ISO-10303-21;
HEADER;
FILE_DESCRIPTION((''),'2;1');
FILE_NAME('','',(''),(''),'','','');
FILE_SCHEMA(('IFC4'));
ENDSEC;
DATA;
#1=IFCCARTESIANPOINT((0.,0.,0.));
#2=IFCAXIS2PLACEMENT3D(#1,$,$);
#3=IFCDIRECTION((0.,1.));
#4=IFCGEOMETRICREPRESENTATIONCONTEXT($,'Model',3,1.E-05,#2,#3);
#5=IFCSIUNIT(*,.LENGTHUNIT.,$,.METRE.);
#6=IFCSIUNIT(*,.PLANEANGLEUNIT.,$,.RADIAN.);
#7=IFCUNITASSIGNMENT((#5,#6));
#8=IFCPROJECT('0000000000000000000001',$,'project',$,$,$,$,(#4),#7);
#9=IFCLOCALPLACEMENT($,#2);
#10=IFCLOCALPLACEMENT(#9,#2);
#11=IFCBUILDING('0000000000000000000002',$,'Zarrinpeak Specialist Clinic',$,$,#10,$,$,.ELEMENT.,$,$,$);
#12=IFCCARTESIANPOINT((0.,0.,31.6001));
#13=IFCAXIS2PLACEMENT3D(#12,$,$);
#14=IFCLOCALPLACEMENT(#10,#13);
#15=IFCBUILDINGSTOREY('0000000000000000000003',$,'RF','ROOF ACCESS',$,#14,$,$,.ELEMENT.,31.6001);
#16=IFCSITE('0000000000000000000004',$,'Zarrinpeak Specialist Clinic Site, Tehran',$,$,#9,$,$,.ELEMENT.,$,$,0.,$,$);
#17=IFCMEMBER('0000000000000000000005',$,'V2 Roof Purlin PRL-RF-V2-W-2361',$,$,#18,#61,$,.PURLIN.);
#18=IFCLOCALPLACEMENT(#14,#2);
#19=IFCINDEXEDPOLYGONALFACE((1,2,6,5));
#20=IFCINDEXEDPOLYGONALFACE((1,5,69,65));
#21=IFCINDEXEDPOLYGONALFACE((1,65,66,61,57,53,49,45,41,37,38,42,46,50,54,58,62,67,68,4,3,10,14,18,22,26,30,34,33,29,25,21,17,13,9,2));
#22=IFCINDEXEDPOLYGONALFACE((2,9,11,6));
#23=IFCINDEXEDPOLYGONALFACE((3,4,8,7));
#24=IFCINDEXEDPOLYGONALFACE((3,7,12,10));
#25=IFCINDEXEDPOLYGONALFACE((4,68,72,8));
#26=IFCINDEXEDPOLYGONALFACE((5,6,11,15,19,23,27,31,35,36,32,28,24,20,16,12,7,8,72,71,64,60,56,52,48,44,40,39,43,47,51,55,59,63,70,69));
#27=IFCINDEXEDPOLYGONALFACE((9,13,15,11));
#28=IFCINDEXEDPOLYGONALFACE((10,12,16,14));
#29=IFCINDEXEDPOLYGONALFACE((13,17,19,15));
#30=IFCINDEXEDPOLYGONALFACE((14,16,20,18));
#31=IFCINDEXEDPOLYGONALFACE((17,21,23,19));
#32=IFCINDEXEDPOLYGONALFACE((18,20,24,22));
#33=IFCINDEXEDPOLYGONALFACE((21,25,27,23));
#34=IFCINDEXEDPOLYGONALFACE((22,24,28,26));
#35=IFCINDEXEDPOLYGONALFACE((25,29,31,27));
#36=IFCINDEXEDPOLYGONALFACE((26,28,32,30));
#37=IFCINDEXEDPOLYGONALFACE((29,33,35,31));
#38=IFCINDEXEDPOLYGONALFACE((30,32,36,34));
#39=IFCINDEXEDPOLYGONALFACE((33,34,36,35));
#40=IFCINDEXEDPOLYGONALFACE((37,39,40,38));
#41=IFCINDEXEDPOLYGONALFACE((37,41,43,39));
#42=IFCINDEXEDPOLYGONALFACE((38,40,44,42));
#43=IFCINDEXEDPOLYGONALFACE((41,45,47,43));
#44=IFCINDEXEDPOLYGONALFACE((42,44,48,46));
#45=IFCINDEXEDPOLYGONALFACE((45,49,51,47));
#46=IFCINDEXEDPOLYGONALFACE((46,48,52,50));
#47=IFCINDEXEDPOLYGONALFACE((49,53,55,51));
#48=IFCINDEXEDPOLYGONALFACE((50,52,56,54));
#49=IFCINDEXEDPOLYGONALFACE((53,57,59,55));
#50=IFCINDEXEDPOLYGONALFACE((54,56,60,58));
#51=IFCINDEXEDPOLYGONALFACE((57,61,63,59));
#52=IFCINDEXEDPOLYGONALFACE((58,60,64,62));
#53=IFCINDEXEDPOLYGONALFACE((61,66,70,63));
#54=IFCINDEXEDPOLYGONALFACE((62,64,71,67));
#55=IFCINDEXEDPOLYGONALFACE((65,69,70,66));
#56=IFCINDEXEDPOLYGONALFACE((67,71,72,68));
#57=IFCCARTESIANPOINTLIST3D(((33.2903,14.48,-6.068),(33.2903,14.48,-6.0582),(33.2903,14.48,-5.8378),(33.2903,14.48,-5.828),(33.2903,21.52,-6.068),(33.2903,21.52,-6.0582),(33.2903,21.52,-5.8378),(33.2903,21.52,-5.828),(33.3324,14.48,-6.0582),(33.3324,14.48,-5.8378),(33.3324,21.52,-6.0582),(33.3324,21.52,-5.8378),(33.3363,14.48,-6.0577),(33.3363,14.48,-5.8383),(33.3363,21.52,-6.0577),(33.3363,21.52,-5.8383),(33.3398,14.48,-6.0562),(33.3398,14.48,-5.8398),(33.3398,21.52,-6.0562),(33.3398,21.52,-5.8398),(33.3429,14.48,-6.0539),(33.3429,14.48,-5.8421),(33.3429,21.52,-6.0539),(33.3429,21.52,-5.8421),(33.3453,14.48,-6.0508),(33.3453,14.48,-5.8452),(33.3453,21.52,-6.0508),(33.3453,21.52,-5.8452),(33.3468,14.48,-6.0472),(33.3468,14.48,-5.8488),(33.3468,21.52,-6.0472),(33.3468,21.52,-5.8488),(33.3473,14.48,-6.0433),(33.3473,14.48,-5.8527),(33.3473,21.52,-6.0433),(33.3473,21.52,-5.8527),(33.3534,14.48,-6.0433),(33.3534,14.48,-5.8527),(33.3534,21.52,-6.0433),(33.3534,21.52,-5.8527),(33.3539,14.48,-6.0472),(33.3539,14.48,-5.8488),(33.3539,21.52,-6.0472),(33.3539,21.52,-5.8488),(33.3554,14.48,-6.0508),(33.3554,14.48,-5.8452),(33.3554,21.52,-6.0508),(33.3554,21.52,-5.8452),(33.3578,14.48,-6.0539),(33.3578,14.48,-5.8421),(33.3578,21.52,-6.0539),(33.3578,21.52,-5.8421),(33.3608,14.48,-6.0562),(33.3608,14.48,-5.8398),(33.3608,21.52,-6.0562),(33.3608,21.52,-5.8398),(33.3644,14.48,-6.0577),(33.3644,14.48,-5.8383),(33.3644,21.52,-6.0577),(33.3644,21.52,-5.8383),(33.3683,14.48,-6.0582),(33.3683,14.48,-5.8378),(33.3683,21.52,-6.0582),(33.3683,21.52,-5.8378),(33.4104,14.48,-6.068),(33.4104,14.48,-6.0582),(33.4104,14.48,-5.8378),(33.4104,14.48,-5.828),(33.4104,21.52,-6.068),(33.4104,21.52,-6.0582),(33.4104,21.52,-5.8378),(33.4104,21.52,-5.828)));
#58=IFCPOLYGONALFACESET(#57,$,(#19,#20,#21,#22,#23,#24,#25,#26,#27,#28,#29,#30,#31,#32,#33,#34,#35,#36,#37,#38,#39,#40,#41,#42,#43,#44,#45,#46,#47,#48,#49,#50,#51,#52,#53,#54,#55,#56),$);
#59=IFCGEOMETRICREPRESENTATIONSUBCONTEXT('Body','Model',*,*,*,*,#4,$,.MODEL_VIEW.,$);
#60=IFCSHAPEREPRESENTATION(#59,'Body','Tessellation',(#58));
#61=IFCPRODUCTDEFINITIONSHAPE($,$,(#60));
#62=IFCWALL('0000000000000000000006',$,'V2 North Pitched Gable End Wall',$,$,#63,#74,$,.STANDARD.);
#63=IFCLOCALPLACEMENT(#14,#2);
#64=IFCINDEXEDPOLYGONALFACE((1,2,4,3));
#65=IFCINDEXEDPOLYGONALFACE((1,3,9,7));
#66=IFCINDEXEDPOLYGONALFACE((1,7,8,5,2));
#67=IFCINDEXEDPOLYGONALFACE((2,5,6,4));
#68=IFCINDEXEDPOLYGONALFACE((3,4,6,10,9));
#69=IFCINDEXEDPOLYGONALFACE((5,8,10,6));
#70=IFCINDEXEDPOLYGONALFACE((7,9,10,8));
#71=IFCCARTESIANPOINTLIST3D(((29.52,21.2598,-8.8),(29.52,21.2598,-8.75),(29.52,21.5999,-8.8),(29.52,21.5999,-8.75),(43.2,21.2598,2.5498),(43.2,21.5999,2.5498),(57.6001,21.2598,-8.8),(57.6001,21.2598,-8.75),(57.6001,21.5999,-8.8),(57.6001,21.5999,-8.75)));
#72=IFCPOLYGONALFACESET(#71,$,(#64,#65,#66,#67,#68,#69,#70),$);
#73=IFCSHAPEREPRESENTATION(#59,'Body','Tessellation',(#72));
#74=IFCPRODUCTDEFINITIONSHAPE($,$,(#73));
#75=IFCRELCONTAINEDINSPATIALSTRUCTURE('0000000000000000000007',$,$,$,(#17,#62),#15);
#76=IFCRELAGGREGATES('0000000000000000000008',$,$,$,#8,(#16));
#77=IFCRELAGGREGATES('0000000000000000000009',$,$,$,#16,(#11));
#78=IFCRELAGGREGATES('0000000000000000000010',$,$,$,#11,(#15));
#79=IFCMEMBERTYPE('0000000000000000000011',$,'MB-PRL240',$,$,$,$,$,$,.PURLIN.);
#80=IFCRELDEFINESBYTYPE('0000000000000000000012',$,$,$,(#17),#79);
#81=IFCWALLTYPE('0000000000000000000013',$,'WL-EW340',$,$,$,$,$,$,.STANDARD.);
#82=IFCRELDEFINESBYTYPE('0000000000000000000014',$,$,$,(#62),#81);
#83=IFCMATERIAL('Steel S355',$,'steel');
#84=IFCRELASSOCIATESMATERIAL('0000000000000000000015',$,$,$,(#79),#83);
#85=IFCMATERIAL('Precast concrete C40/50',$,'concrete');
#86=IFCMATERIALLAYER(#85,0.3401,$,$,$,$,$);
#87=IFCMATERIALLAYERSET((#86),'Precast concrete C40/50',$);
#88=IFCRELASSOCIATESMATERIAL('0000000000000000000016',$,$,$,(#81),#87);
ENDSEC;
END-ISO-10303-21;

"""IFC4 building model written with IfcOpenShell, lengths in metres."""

from ifc_helpers import new_model, si_unit, direction, frame, origin, origin_2d, place, context, subcontext, project, spatial, polyline, i_section, outline, extrude, material, layer, layer_set, material_profile, profile_set, type_object, element, save


model = new_model("IFC4")

# Units and contexts
model_context = context("Model", 3, precision=1e-05, world=origin(), true_north=direction((0.0, 1.0)))
body_context = subcontext(model_context, "Body", "Model", "MODEL_VIEW")
ifc_project = project(units=[si_unit("LENGTHUNIT", "METRE"), si_unit("PLANEANGLEUNIT", "RADIAN")], contexts=[model_context])

# Site, building, storey
site_placement = place(None, origin())
site = spatial("IfcSite", under=ifc_project, at=site_placement, Name="Zarrinpeak Specialist Clinic Site, Tehran", CompositionType="ELEMENT", RefElevation=0.0)
building_placement = place(site_placement, origin())
building = spatial("IfcBuilding", under=site, at=building_placement, Name="Zarrinpeak Specialist Clinic", CompositionType="ELEMENT")
storey_placement = place(building_placement, frame((0.0, 0.0, 31.6001)))
storey = spatial("IfcBuildingStorey", under=building, at=storey_placement, Name="RF", Description="ROOF ACCESS", CompositionType="ELEMENT", Elevation=31.6001)

# Shared definitions
ifc_material_1 = material(Name="Steel S355", Category="steel")

# Member
ifc_material_profile_1 = material_profile(ifc_material_1, i_section(OverallWidth=0.1201, OverallDepth=0.24, WebThickness=0.0061, FlangeThickness=0.0098, FilletRadius=0.0149, at=origin_2d()), Name="IPE 240")
ifc_profile_set_1 = profile_set([ifc_material_profile_1], Name="Steel S355")
member_type_1 = type_object("IfcMemberType", Name="MB-PRL240", PredefinedType="PURLIN", material=ifc_profile_set_1)
member_placement = place(storey_placement, frame((33.3503, 14.48, -5.948), z_axis=(0.0, 1.0, 0.0), x_axis=(-1.0, 0.0, 0.0)))
element("IfcMember", 1, at=member_placement, inside=storey, type_object=member_type_1, Name="V2 Roof Purlin PRL-RF-V2-W-2361", PredefinedType="PURLIN", context=body_context, shape_type="SweptSolid", body=[
    extrude(i_section(OverallWidth=0.1201, OverallDepth=0.24, WebThickness=0.0061, FlangeThickness=0.0098, FilletRadius=0.0149, at=origin_2d()), origin(), (0.0, 0.0, 1.0), 7.04),
])

# Wall
ifc_material_2 = material(Name="Precast concrete C40/50", Category="concrete")
ifc_layer = layer(ifc_material_2, 0.3401)
ifc_layer_set = layer_set([ifc_layer], Name="Precast concrete C40/50")
wall_type = type_object("IfcWallType", Name="WL-EW340", PredefinedType="STANDARD", material=ifc_layer_set)
wall_placement = place(storey_placement, frame((29.52, 21.4299, -8.8), z_axis=(0.0, 0.0, 1.0), x_axis=(1.0, 0.0, 0.0)))
element("IfcWall", 2, at=wall_placement, inside=storey, type_object=wall_type, Name="V2 North Pitched Gable End Wall", PredefinedType="STANDARD", context=body_context, shape_type="SweptSolid", body=[
    extrude(outline(polyline([(0.0, 0.0), (28.0801, 0.0), (28.0801, 0.05), (13.6799, 11.3499), (0.0, 0.05), (0.0, 0.0)])), frame((0.0, 0.1699, 0.0), z_axis=(0.0, -1.0, 0.0), x_axis=(1.0, 0.0, 0.0)), (0.0, 0.0, 1.0), 0.3401),
])

save(model, "model.ifc")
